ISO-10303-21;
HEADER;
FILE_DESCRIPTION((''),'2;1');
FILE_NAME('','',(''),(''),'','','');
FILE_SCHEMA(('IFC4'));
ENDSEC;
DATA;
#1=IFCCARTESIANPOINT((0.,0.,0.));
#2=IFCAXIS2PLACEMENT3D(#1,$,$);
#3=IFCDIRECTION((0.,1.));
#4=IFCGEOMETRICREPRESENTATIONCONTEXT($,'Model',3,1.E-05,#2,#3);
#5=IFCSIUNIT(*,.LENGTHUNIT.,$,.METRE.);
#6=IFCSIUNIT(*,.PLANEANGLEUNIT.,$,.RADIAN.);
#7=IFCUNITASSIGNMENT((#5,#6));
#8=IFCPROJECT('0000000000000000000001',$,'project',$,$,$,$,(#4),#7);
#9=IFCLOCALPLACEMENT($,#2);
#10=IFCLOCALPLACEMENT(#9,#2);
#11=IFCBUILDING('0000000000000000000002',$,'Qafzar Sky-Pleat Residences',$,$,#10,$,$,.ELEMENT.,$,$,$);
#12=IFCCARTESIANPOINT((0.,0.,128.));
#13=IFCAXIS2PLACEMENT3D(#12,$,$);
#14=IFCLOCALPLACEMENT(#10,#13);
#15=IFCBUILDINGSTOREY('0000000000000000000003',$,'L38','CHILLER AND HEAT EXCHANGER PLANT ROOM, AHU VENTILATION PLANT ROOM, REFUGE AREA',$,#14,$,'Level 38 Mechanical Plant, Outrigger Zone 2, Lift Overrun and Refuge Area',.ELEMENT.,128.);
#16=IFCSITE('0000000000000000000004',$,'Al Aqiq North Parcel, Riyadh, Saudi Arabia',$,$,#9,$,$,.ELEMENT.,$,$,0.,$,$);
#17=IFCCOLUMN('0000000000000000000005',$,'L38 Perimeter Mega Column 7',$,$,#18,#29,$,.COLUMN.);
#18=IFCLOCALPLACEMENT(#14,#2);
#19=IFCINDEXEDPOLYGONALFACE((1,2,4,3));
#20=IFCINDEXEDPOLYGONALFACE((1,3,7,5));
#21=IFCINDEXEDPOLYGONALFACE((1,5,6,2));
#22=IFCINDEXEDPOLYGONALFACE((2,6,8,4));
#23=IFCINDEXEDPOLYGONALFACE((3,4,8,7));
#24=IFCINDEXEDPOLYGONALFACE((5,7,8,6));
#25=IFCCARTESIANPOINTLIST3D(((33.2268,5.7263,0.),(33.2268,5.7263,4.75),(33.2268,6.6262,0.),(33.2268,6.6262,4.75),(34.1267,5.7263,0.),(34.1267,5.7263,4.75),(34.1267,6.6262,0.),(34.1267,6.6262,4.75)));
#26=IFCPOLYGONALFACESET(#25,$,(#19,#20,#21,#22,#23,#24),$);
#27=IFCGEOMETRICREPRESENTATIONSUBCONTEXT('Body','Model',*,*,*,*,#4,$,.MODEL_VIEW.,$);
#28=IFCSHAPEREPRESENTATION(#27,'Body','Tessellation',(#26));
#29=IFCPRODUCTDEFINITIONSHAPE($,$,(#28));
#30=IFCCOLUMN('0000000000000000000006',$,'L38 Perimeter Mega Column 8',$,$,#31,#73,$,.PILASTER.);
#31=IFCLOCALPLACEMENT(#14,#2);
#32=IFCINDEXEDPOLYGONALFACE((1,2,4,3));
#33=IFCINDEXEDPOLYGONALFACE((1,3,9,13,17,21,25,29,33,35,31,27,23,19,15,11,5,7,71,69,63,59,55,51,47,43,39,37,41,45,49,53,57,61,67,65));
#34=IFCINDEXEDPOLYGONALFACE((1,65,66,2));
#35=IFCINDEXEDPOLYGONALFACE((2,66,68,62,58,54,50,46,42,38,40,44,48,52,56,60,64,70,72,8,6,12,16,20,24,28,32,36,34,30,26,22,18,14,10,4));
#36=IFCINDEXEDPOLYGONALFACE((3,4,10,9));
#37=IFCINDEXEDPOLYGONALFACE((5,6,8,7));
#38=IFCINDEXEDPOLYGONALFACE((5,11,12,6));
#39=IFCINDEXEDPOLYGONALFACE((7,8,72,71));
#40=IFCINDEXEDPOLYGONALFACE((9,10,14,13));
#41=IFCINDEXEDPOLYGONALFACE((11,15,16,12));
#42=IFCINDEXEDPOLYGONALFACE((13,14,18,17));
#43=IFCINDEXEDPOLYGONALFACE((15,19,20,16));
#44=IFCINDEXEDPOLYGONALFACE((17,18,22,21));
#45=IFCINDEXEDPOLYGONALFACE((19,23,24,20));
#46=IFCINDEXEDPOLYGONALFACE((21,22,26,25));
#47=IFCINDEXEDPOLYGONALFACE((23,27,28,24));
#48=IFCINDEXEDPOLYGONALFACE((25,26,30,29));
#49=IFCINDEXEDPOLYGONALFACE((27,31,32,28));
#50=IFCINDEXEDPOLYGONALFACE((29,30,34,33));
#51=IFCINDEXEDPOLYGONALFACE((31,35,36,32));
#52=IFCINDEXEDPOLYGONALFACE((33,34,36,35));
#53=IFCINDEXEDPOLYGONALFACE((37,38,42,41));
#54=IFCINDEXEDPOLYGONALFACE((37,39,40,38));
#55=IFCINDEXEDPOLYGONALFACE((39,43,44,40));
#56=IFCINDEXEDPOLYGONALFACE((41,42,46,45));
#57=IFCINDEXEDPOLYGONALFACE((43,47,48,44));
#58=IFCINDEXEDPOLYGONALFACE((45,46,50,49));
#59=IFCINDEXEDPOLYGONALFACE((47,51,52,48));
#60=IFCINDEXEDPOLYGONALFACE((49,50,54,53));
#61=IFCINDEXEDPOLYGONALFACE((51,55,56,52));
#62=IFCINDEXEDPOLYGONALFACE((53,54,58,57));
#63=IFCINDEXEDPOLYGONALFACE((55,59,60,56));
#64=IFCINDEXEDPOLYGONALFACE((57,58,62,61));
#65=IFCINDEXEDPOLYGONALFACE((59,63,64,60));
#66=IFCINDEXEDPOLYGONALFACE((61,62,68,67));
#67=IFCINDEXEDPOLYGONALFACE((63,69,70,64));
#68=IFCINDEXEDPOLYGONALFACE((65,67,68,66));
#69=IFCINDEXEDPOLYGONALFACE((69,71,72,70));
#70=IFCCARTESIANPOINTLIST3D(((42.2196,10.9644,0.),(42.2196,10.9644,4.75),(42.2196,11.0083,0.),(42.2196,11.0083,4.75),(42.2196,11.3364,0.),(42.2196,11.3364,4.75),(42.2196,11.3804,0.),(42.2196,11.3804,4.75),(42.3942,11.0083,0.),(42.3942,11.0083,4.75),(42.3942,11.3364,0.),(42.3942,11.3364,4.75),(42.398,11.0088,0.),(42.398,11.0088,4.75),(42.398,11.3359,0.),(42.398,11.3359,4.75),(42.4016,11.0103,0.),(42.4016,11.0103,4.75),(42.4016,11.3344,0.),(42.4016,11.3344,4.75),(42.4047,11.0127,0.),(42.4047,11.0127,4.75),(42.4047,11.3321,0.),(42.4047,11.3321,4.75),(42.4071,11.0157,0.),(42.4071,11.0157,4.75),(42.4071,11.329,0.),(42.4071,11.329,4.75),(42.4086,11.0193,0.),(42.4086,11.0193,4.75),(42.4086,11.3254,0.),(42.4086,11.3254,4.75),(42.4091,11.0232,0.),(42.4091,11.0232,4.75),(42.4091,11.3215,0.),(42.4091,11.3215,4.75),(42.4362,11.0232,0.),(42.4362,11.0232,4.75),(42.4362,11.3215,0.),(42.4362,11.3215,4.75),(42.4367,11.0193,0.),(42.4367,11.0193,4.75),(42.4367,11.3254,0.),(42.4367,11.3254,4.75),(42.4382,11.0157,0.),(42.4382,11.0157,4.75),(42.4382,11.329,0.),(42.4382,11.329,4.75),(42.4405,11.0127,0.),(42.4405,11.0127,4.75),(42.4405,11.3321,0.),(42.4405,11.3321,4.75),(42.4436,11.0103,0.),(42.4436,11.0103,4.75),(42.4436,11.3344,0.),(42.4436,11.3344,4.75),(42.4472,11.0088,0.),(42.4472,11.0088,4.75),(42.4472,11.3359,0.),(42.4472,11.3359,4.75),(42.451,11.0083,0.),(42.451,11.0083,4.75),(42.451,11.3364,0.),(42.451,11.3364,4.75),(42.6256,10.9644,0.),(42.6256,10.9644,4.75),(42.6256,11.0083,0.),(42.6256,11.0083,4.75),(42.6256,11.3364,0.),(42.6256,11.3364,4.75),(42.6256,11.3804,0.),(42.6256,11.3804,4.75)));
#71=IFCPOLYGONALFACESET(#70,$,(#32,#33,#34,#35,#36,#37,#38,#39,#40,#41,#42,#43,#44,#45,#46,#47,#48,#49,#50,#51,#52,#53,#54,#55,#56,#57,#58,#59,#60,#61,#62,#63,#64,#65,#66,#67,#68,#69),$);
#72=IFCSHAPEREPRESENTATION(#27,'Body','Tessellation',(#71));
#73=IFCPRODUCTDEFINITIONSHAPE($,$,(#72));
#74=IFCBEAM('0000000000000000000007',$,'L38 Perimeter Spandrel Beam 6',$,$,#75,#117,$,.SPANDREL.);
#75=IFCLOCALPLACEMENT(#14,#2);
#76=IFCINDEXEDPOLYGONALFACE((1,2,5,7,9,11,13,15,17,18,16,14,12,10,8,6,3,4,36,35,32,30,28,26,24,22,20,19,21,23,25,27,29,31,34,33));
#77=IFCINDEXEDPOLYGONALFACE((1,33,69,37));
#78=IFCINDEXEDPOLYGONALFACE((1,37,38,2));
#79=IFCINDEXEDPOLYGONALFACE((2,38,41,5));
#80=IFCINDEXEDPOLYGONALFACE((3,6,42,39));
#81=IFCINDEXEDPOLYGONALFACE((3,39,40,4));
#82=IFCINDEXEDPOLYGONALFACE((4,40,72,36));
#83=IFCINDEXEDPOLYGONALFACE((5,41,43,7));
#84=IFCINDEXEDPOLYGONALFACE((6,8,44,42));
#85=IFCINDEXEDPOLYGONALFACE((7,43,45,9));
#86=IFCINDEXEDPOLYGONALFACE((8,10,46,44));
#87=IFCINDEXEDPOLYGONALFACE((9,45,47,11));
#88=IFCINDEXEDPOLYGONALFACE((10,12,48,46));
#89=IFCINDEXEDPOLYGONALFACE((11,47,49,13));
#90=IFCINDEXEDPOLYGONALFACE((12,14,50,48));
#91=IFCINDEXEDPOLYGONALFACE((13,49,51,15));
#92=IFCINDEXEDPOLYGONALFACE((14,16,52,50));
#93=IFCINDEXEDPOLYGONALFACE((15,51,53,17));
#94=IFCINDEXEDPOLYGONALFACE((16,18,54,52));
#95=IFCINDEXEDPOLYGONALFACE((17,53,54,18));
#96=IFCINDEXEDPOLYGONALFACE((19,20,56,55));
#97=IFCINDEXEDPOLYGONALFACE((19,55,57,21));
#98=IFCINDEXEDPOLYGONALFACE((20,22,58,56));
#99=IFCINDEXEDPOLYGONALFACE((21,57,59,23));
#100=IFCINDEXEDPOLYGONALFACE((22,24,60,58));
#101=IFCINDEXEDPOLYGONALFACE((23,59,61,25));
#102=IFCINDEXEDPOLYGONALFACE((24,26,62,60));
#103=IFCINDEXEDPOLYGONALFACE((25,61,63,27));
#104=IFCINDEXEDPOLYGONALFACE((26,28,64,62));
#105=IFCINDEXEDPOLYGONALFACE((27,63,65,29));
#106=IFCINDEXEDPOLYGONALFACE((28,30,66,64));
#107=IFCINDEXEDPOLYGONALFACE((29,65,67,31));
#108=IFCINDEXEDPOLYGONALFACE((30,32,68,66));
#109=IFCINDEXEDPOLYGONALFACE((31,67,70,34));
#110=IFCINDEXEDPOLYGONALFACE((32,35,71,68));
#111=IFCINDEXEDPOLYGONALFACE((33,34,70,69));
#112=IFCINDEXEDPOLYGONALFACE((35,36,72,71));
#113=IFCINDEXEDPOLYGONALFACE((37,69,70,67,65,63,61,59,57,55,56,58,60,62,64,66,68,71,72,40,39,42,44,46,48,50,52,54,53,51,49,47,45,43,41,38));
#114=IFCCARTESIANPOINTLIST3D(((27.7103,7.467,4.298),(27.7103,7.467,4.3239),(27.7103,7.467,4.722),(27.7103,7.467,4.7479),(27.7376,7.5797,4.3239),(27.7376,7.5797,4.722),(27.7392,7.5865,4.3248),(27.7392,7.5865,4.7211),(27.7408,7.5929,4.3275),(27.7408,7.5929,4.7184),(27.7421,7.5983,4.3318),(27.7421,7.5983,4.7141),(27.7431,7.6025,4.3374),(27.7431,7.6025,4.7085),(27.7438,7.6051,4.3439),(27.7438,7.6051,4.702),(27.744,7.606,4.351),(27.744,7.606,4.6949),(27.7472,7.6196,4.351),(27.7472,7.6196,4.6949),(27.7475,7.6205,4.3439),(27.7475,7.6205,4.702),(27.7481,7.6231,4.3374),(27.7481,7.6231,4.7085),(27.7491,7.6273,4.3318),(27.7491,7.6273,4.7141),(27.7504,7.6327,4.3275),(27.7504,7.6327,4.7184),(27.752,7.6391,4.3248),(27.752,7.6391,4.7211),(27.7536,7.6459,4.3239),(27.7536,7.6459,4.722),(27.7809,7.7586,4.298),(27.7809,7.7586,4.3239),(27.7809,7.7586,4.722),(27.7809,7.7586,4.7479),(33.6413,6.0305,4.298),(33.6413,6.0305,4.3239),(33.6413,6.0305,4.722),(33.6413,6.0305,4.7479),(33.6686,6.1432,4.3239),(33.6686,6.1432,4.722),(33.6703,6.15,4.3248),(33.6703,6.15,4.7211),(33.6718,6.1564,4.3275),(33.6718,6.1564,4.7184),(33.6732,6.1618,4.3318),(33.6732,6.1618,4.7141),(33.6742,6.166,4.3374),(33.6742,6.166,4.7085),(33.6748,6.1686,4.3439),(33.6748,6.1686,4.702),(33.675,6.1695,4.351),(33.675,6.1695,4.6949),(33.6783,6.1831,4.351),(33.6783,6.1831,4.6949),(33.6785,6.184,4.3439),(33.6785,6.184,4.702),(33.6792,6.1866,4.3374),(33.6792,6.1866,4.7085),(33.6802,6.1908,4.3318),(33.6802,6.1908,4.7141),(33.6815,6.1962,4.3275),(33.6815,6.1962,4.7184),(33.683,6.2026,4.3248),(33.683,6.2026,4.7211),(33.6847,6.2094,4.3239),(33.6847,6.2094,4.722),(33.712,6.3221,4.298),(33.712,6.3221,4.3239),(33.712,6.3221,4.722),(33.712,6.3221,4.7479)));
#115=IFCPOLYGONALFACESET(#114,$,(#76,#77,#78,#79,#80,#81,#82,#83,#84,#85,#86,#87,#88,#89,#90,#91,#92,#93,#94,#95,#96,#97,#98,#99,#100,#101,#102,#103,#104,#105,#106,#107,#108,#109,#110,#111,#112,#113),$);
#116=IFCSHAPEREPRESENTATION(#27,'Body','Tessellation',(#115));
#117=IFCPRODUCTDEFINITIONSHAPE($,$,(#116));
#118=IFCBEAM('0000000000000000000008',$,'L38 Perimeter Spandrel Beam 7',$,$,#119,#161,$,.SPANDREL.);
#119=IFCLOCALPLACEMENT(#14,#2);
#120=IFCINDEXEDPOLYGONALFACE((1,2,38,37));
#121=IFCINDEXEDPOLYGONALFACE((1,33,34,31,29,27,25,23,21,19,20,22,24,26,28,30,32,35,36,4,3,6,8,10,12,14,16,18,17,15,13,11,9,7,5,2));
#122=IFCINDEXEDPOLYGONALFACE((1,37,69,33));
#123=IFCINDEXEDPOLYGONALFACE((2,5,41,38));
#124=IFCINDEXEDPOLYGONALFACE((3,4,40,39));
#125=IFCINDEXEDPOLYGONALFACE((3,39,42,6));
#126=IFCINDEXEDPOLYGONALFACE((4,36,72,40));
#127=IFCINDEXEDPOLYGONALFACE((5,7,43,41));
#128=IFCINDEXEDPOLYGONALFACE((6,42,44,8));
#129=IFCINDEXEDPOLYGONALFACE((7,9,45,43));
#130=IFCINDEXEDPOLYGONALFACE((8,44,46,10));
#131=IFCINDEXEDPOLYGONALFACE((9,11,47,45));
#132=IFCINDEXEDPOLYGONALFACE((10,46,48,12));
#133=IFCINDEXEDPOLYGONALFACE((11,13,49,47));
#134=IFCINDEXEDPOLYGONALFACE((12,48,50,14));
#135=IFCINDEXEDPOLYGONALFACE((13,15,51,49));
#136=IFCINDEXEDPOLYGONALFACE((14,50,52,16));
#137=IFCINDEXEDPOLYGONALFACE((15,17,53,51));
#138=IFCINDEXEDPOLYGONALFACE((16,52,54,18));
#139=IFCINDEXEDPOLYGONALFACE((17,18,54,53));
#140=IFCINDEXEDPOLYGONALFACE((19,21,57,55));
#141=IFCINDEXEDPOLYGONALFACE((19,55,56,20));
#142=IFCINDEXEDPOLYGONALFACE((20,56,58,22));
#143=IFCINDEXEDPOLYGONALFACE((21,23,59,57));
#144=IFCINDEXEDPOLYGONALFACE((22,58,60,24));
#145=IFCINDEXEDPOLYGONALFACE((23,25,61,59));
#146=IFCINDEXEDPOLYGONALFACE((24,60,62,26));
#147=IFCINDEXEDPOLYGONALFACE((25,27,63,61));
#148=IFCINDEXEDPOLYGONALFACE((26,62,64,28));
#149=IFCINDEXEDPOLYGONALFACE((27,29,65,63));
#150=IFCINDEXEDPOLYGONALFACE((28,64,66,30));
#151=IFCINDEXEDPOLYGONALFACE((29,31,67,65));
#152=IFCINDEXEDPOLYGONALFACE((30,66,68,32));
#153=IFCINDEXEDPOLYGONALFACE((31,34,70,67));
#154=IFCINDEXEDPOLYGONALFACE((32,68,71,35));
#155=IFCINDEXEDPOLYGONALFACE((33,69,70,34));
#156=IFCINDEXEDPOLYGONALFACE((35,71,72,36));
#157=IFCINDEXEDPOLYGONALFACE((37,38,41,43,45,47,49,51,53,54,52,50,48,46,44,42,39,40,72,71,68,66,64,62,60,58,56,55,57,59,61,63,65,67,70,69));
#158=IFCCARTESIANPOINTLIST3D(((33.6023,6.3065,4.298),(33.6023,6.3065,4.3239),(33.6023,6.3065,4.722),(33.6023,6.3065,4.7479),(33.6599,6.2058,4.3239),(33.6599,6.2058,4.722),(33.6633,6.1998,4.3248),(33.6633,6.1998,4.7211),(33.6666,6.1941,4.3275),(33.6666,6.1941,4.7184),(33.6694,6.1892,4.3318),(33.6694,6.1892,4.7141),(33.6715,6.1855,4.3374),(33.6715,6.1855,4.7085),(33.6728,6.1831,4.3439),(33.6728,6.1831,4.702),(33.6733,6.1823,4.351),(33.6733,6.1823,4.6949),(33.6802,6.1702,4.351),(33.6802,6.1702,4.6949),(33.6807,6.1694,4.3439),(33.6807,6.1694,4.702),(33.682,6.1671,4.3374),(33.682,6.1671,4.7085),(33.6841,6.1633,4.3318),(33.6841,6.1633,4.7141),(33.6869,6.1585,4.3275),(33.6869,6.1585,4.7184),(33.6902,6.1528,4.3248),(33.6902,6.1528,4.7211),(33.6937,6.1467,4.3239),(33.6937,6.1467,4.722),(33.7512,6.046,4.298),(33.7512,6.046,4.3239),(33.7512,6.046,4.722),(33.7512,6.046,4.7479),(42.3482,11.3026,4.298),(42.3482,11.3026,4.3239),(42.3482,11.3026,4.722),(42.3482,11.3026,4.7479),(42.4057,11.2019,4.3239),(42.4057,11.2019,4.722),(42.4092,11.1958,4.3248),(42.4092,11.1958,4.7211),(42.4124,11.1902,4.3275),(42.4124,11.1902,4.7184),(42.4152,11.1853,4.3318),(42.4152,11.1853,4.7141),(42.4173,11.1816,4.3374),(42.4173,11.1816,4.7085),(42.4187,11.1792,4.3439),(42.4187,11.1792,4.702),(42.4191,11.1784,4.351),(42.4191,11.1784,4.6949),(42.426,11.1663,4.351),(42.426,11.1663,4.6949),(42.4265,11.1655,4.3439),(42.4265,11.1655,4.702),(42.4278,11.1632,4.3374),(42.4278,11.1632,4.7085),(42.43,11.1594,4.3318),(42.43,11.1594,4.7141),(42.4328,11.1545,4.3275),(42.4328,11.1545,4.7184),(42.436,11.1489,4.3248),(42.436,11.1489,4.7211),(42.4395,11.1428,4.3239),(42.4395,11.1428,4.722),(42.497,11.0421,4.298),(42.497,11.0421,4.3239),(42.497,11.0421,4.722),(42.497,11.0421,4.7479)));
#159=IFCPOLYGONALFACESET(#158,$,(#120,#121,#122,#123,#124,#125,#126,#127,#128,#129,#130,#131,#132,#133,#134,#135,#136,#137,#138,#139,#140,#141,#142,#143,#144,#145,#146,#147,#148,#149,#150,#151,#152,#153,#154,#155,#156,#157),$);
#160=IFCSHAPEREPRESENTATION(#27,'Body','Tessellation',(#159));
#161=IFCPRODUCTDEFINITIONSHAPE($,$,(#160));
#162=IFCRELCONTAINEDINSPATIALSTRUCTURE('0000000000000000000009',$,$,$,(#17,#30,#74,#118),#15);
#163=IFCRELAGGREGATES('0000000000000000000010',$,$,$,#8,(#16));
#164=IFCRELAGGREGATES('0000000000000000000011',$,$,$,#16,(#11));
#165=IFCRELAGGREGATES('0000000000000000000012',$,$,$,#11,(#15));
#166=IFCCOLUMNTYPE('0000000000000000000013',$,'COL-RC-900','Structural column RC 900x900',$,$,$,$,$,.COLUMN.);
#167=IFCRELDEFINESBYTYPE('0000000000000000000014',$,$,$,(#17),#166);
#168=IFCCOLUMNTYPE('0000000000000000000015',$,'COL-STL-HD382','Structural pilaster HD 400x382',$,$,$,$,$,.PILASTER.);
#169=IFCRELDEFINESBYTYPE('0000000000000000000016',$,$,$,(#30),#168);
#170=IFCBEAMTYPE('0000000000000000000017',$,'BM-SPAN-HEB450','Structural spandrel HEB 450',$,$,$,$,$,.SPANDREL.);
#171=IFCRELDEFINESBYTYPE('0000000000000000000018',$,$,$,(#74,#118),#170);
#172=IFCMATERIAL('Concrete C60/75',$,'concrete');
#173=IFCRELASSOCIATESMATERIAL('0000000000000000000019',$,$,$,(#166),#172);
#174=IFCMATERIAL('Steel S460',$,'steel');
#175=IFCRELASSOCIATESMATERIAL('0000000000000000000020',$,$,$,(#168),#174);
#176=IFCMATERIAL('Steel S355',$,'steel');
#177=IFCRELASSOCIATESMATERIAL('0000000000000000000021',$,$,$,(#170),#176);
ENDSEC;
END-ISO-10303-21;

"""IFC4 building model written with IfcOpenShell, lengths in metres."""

from ifc_helpers import new_model, si_unit, direction, frame, origin, origin_2d, place, context, subcontext, project, spatial, rectangle, i_section, extrude, source, transform, mapped, material, material_profile, profile_set, type_object, element, save


model = new_model("IFC4")

# Units and contexts
model_context = context("Model", 3, precision=1e-05, world=origin(), true_north=direction((0.0, 1.0)))
body_context = subcontext(model_context, "Body", "Model", "MODEL_VIEW")
ifc_project = project(units=[si_unit("LENGTHUNIT", "METRE"), si_unit("PLANEANGLEUNIT", "RADIAN")], contexts=[model_context])

# Site, building, storey
site_placement = place(None, origin())
site = spatial("IfcSite", under=ifc_project, at=site_placement, Name="Al Aqiq North Parcel, Riyadh, Saudi Arabia", CompositionType="ELEMENT", RefElevation=0.0)
building_placement = place(site_placement, origin())
building = spatial("IfcBuilding", under=site, at=building_placement, Name="Qafzar Sky-Pleat Residences", CompositionType="ELEMENT")
storey_placement = place(building_placement, frame((0.0, 0.0, 128.0)))
storey = spatial("IfcBuildingStorey", under=building, at=storey_placement, Name="L38", Description="CHILLER AND HEAT EXCHANGER PLANT ROOM, AHU VENTILATION PLANT ROOM, REFUGE AREA", LongName="Level 38 Mechanical Plant, Outrigger Zone 2, Lift Overrun and Refuge Area", CompositionType="ELEMENT", Elevation=128.0)

# Columns
ifc_material_1 = material(Name="Concrete C60/75", Category="concrete")
ifc_material_profile_1 = material_profile(ifc_material_1, rectangle(XDim=0.8999, YDim=0.8999, at=origin_2d()), Name="RC 900x900")
ifc_profile_set_1 = profile_set([ifc_material_profile_1], Name="Concrete C60/75")
column_type_1 = type_object("IfcColumnType", Name="COL-RC-900", Description="Structural column RC 900x900", PredefinedType="COLUMN", material=ifc_profile_set_1)
shared_shape_1 = source(origin(), body_context, "Body", "SweptSolid", [
    extrude(rectangle(XDim=0.8999, YDim=0.8999, at=origin_2d()), origin(), (0.0, 0.0, 1.0), 4.75),
])
column_1_placement = place(storey_placement, frame((33.6768, 6.1763, 0.0), z_axis=(0.0, 0.0, 1.0), x_axis=(1.0, 0.0, 0.0)))
element("IfcColumn", 1, at=column_1_placement, inside=storey, type_object=column_type_1, Name="L38 Perimeter Mega Column 7", PredefinedType="COLUMN", context=body_context, shape_type="MappedRepresentation", body=[
    mapped(shared_shape_1, transform((0.0, 0.0, 0.0), x_axis=(1.0, 0.0, 0.0), y_axis=(0.0, 1.0, 0.0), z_axis=(0.0, 0.0, 1.0), scale=1.0)),
])
ifc_material_2 = material(Name="Steel S460", Category="steel")
ifc_material_profile_2 = material_profile(ifc_material_2, i_section(OverallWidth=0.406, OverallDepth=0.416, WebThickness=0.0271, FlangeThickness=0.0439, FilletRadius=0.0149, at=origin_2d()), Name="HD 400x382")
ifc_profile_set_2 = profile_set([ifc_material_profile_2], Name="Steel S460")
column_type_2 = type_object("IfcColumnType", Name="COL-STL-HD382", Description="Structural pilaster HD 400x382", PredefinedType="PILASTER", material=ifc_profile_set_2)
shared_shape_2 = source(origin(), body_context, "Body", "SweptSolid", [
    extrude(i_section(OverallWidth=0.406, OverallDepth=0.416, WebThickness=0.0271, FlangeThickness=0.0439, FilletRadius=0.0149, at=origin_2d()), origin(), (0.0, 0.0, 1.0), 4.75),
])
column_2_placement = place(storey_placement, frame((42.4226, 11.1724, 0.0), z_axis=(0.0, 0.0, 1.0), x_axis=(1.0, 0.0, 0.0)))
element("IfcColumn", 2, at=column_2_placement, inside=storey, type_object=column_type_2, Name="L38 Perimeter Mega Column 8", PredefinedType="PILASTER", context=body_context, shape_type="MappedRepresentation", body=[
    mapped(shared_shape_2, transform((0.0, 0.0, 0.0), x_axis=(1.0, 0.0, 0.0), y_axis=(0.0, 1.0, 0.0), z_axis=(0.0, 0.0, 1.0), scale=1.0)),
])

# Beams
ifc_material_3 = material(Name="Steel S355", Category="steel")
ifc_material_profile_3 = material_profile(ifc_material_3, i_section(OverallWidth=0.3, OverallDepth=0.45, WebThickness=0.0139, FlangeThickness=0.0259, FilletRadius=0.0271, at=origin_2d()), Name="HEB 450")
ifc_profile_set_3 = profile_set([ifc_material_profile_3], Name="Steel S355")
beam_type_1 = type_object("IfcBeamType", Name="BM-SPAN-HEB450", Description="Structural spandrel HEB 450", PredefinedType="SPANDREL", material=ifc_profile_set_3)
shared_shape_3 = source(origin(), body_context, "Body", "SweptSolid", [
    extrude(i_section(OverallWidth=0.3, OverallDepth=0.45, WebThickness=0.0139, FlangeThickness=0.0259, FilletRadius=0.0271, at=origin_2d()), origin(), (0.0, 0.0, 1.0), 6.1025),
])
beam_1_placement = place(storey_placement, frame((27.7456, 7.6128, 4.5229), z_axis=(0.9719, -0.235394, 0.0), x_axis=(0.235394, 0.9719, 0.0)))
element("IfcBeam", 3, at=beam_1_placement, inside=storey, type_object=beam_type_1, Name="L38 Perimeter Spandrel Beam 6", PredefinedType="SPANDREL", context=body_context, shape_type="MappedRepresentation", body=[
    mapped(shared_shape_3, transform((0.0, 0.0, 0.0), x_axis=(1.0, 0.0, 0.0), y_axis=(0.0, 1.0, 0.0), z_axis=(0.0, 0.0, 1.0), scale=1.0)),
])
shared_shape_4 = source(origin(), body_context, "Body", "SweptSolid", [
    extrude(i_section(OverallWidth=0.3, OverallDepth=0.45, WebThickness=0.0139, FlangeThickness=0.0259, FilletRadius=0.0271, at=origin_2d()), origin(), (0.0, 0.0, 1.0), 10.0723),
])
beam_2_placement = place(storey_placement, frame((33.6768, 6.1763, 4.5229), z_axis=(0.868309, 0.496024, 0.0), x_axis=(-0.496024, 0.868309, 0.0)))
element("IfcBeam", 4, at=beam_2_placement, inside=storey, type_object=beam_type_1, Name="L38 Perimeter Spandrel Beam 7", PredefinedType="SPANDREL", context=body_context, shape_type="MappedRepresentation", body=[
    mapped(shared_shape_4, transform((0.0, 0.0, 0.0), x_axis=(1.0, 0.0, 0.0), y_axis=(0.0, 1.0, 0.0), z_axis=(0.0, 0.0, 1.0), scale=1.0)),
])

save(model, "model.ifc")
